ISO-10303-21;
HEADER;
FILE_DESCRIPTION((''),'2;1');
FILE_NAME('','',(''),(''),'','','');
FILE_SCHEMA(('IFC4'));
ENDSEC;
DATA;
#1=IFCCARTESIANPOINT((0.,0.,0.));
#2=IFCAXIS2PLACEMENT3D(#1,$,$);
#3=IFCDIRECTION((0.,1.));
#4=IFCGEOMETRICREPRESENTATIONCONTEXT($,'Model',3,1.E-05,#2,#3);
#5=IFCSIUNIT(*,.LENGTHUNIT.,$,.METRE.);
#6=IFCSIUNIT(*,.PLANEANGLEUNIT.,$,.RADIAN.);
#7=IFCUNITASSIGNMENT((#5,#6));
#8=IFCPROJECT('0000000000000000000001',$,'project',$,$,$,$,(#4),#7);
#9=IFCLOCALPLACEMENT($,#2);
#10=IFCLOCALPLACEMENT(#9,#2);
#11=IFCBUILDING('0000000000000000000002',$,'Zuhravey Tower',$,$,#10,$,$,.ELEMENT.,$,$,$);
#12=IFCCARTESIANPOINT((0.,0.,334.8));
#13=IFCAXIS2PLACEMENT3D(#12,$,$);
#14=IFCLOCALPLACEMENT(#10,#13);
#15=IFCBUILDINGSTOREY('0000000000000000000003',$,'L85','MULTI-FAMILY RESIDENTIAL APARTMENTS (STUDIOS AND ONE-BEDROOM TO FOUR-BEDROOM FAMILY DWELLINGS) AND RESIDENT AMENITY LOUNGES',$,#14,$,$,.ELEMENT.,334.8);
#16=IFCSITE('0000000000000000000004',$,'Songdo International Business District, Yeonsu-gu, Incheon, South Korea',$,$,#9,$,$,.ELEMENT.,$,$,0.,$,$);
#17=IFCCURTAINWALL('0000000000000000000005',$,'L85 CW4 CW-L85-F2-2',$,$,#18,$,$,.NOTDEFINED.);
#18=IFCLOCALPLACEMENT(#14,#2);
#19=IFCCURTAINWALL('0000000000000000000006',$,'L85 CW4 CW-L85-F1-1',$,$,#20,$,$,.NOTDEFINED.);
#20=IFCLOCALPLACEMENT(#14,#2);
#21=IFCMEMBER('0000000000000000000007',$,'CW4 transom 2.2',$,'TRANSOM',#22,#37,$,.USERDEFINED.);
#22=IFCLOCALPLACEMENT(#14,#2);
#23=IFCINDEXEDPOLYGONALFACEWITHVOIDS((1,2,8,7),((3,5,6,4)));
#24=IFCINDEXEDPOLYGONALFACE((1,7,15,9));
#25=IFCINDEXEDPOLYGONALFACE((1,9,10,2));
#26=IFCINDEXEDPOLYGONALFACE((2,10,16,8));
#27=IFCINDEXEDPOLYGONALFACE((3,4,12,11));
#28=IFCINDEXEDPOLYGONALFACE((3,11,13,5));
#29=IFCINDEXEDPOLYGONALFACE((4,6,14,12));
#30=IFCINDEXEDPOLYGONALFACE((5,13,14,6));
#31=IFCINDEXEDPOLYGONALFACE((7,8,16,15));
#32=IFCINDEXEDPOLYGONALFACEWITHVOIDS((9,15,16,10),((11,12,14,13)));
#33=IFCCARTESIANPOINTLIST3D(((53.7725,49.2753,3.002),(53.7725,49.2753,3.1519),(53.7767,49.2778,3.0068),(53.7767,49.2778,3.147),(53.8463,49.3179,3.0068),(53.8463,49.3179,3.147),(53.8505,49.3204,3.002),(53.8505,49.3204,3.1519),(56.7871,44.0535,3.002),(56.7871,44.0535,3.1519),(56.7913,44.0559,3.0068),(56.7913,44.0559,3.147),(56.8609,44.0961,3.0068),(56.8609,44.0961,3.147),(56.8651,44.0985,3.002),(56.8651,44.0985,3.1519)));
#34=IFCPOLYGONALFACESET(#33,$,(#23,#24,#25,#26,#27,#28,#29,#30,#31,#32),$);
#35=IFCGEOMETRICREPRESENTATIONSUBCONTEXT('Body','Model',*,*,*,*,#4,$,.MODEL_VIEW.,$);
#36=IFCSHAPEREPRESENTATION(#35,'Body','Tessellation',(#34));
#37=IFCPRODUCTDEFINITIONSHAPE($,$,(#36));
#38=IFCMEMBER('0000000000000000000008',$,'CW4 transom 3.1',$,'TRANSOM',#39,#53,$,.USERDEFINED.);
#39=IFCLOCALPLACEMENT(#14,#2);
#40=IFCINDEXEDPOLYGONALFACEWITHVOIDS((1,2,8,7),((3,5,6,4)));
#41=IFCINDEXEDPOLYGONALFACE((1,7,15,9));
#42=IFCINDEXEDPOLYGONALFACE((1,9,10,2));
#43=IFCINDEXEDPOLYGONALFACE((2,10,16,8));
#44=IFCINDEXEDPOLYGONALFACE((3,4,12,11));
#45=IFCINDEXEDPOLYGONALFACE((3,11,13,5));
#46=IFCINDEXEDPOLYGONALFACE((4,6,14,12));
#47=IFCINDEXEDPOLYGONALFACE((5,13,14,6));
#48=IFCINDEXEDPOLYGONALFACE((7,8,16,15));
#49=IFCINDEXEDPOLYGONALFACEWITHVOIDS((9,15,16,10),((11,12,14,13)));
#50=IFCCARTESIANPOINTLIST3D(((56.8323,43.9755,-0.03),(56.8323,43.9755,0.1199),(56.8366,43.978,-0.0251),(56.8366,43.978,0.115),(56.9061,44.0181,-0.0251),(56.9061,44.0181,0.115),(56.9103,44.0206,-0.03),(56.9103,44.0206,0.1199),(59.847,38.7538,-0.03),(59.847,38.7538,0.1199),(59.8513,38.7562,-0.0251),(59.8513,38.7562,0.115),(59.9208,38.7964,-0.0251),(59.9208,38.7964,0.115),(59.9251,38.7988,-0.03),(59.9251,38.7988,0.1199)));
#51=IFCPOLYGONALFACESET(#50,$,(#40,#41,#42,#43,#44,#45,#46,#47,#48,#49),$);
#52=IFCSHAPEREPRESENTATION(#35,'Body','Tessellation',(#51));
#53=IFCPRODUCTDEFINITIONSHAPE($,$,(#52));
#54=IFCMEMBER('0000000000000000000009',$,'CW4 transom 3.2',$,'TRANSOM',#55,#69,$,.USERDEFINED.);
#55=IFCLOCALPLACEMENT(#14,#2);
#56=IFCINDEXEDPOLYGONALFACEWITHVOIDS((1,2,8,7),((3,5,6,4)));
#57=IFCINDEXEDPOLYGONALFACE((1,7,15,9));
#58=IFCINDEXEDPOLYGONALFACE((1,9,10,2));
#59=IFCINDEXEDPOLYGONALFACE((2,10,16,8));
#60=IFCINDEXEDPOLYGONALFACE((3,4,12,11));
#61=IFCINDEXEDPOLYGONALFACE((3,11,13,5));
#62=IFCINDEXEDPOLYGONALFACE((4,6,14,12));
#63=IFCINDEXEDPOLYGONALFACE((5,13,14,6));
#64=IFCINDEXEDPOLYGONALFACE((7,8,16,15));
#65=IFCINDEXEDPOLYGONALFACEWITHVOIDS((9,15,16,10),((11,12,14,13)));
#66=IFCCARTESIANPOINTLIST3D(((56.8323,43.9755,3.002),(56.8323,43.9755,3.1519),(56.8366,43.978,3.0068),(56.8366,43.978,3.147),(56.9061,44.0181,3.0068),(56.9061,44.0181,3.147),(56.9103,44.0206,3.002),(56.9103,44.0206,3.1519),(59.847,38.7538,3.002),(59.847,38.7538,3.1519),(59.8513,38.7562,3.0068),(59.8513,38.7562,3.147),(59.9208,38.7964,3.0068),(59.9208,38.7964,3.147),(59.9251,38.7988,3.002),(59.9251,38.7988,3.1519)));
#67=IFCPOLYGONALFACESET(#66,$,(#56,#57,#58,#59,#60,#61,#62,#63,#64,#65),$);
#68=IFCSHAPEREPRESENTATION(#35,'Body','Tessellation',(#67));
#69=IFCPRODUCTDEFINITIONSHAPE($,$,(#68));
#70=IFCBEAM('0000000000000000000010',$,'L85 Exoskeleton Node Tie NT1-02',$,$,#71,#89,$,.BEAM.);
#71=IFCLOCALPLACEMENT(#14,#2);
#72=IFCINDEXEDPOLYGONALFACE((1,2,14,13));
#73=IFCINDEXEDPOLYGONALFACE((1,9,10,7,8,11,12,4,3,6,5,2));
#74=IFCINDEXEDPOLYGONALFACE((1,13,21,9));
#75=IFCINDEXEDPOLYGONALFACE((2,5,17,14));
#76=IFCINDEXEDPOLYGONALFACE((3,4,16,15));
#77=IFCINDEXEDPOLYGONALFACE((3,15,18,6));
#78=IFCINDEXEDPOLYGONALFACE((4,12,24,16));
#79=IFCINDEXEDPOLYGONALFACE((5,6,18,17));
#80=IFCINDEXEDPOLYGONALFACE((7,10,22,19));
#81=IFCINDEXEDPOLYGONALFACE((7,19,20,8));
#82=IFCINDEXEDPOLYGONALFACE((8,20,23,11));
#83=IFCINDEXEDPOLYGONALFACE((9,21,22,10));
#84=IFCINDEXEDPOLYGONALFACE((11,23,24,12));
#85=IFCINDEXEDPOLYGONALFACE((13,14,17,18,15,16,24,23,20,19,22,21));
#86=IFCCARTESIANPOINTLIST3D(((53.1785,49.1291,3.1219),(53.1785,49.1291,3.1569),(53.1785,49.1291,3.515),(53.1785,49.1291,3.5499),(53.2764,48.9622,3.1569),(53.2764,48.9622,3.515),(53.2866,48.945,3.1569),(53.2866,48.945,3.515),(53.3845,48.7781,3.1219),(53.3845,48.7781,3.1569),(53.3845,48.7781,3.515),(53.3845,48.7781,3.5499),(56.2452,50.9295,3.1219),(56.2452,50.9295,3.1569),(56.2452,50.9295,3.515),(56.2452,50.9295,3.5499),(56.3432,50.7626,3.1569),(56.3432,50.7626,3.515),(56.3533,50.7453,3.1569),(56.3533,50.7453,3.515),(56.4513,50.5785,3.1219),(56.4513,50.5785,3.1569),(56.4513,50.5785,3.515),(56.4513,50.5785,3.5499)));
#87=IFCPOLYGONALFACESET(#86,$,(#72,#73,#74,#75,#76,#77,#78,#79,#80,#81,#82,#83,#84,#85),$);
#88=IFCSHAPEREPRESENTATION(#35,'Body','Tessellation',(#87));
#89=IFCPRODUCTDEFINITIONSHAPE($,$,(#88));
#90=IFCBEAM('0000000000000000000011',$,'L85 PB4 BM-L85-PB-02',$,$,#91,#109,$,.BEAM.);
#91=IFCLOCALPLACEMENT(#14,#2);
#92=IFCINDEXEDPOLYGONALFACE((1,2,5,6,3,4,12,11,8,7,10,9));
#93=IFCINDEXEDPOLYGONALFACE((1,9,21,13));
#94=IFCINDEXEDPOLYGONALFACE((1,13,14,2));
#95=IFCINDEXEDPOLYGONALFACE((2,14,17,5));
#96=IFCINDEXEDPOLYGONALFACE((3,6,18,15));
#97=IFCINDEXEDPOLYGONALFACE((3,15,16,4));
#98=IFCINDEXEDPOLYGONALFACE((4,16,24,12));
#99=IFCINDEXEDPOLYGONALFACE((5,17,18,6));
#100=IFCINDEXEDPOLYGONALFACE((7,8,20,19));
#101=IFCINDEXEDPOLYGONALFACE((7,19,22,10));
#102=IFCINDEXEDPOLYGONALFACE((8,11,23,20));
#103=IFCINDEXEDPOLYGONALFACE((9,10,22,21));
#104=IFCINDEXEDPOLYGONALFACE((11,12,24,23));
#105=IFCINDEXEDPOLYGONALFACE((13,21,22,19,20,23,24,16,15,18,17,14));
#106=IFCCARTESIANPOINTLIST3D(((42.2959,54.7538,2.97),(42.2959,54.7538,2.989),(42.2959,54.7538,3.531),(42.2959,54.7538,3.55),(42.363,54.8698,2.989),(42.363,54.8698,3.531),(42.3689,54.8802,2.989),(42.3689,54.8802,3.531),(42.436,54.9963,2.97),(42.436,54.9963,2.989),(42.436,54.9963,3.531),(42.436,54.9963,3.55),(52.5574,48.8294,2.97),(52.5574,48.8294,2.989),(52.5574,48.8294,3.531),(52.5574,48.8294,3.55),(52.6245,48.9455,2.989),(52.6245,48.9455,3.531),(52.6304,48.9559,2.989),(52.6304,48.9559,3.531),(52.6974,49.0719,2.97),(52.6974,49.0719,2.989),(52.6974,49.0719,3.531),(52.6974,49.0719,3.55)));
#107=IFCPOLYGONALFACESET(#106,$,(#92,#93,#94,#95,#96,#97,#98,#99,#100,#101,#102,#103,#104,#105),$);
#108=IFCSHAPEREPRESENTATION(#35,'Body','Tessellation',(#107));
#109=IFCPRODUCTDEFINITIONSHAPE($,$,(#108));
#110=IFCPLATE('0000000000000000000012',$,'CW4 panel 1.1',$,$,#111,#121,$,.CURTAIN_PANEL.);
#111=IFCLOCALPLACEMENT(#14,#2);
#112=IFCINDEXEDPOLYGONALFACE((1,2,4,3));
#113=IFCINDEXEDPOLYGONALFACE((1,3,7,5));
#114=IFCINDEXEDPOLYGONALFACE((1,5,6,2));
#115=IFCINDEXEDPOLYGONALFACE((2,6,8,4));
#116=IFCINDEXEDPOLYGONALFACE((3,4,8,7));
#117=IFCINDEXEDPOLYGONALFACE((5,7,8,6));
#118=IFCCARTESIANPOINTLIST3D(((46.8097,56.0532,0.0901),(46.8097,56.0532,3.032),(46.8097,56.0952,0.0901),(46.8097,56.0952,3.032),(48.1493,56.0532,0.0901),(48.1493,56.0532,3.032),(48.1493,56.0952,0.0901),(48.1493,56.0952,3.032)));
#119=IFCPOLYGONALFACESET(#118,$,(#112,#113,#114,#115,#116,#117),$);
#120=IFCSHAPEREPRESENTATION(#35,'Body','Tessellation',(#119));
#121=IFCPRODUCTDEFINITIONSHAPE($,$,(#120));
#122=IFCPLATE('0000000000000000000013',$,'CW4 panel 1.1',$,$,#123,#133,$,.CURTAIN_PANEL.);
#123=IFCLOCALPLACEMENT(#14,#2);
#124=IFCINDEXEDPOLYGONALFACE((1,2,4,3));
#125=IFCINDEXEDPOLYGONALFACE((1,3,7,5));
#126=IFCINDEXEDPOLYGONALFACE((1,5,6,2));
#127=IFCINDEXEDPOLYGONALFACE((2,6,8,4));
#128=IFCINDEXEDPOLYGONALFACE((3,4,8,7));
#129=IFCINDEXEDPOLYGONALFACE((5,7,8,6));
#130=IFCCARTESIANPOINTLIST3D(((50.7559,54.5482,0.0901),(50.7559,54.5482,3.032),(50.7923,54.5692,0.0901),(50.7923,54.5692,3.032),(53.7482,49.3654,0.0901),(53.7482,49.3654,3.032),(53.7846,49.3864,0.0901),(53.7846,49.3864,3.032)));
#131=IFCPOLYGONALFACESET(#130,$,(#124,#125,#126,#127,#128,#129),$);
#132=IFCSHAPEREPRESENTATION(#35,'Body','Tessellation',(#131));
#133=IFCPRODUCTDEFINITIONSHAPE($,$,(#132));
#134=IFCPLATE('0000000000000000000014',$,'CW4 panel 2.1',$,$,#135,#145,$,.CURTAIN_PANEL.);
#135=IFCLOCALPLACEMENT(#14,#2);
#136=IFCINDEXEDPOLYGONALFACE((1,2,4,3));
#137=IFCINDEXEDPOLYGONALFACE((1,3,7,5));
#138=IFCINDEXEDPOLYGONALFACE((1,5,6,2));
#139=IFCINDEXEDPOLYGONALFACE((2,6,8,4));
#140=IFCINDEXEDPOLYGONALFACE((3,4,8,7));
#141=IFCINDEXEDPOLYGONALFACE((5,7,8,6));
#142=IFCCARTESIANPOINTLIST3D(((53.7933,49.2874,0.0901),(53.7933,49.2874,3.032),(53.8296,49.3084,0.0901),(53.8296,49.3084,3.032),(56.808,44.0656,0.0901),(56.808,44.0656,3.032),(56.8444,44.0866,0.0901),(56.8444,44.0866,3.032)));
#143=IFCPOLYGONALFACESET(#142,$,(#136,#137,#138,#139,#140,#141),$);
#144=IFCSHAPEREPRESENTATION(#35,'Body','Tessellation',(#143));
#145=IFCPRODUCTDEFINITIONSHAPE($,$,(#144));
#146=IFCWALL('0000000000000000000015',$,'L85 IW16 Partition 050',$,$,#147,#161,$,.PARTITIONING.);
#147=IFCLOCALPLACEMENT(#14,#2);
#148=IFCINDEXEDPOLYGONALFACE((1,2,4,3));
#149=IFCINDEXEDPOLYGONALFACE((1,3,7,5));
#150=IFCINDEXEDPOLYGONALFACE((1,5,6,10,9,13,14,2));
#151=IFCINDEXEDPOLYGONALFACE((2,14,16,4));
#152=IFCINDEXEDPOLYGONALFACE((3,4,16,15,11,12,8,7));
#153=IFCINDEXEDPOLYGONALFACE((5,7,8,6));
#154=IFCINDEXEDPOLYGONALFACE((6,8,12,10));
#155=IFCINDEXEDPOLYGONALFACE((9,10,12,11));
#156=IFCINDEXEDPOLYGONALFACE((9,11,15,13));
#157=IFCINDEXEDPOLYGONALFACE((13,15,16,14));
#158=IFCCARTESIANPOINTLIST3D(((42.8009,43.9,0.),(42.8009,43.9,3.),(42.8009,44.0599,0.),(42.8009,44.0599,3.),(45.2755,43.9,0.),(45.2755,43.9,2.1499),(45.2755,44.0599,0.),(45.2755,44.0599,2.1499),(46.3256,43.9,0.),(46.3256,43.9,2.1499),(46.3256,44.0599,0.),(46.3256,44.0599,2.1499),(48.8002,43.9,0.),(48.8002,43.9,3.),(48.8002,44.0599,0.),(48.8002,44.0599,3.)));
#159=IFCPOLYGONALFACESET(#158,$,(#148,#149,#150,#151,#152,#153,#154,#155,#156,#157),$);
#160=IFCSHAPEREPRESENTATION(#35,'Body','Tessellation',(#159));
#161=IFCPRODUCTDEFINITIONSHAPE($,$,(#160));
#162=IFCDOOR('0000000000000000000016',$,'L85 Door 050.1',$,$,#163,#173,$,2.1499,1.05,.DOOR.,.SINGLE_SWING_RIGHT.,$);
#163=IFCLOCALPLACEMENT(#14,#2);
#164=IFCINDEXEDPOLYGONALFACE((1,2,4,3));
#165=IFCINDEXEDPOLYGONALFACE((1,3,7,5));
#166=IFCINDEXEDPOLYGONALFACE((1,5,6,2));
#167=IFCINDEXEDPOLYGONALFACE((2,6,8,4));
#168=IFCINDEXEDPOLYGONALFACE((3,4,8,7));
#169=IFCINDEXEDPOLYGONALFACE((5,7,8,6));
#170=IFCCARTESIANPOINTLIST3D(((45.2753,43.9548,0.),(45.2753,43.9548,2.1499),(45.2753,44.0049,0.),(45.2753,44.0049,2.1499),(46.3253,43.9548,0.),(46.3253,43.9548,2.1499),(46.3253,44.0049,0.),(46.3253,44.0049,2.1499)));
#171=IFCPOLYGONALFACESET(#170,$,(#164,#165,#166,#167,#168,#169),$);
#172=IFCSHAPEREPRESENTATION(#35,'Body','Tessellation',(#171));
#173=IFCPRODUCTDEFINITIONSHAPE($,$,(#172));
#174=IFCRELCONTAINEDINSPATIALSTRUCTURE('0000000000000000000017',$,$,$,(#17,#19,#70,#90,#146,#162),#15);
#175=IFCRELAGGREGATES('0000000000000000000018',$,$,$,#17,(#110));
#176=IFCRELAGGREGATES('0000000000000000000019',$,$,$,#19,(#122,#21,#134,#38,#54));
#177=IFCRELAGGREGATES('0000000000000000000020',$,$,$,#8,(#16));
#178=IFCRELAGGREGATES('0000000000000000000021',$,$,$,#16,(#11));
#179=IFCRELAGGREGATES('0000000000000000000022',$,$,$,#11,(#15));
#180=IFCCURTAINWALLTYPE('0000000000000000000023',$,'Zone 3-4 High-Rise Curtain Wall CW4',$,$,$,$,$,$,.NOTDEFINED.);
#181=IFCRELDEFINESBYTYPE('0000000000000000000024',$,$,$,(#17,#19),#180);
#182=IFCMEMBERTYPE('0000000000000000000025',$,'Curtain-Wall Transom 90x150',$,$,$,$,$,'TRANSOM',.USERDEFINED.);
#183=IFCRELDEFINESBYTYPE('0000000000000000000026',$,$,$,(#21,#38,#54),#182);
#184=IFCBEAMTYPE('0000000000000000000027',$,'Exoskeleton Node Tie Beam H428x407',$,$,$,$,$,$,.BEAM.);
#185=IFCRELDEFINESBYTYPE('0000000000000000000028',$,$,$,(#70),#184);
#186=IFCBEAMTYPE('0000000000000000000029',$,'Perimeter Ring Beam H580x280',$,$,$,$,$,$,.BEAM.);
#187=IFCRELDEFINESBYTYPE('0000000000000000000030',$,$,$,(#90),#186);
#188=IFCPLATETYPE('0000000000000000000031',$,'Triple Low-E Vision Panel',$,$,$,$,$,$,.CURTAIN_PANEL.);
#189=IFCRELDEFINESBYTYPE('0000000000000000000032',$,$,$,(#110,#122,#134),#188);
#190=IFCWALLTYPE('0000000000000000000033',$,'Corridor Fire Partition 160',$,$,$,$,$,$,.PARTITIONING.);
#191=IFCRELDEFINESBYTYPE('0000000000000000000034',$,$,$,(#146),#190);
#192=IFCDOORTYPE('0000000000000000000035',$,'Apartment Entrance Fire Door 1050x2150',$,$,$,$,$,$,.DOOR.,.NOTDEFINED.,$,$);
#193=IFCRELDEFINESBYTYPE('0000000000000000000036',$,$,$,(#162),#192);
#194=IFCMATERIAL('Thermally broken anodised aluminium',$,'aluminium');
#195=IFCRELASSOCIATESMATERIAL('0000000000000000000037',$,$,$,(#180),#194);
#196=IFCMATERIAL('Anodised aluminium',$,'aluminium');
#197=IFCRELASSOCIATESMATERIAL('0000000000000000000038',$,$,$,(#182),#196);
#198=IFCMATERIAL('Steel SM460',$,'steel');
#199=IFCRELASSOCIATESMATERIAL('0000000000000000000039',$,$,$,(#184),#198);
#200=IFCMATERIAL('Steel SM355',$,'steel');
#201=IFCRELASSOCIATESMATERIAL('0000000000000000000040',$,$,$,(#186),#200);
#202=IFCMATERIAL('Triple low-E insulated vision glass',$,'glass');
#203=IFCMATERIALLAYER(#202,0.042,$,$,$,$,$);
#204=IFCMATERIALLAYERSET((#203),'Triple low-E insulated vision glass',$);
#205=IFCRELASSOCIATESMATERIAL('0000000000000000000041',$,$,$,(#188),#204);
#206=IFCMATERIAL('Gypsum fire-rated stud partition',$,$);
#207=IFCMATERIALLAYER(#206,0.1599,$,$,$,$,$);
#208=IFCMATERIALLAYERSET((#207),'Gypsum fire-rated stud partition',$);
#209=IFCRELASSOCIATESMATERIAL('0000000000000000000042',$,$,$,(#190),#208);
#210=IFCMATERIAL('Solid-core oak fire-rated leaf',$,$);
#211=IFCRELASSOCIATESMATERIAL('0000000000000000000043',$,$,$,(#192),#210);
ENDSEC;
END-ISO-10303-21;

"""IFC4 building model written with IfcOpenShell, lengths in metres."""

from ifc_helpers import new_model, si_unit, direction, frame, frame_2d, origin, origin_2d, place, context, subcontext, project, spatial, rectangle, hollow_rectangle, i_section, extrude, material, layer, layer_set, material_profile, profile_set, type_object, element, fill, aggregate, save


model = new_model("IFC4")

# Units and contexts
model_context = context("Model", 3, precision=1e-05, world=origin(), true_north=direction((0.0, 1.0)))
body_context = subcontext(model_context, "Body", "Model", "MODEL_VIEW")
ifc_project = project(units=[si_unit("LENGTHUNIT", "METRE"), si_unit("PLANEANGLEUNIT", "RADIAN")], contexts=[model_context])

# Site, building, storey
site_placement = place(None, origin())
site = spatial("IfcSite", under=ifc_project, at=site_placement, Name="Songdo International Business District, Yeonsu-gu, Incheon, South Korea", CompositionType="ELEMENT", RefElevation=0.0)
building_placement = place(site_placement, origin())
building = spatial("IfcBuilding", under=site, at=building_placement, Name="Zuhravey Tower", CompositionType="ELEMENT")
storey_placement = place(building_placement, frame((0.0, 0.0, 334.8)))
storey = spatial("IfcBuildingStorey", under=building, at=storey_placement, Name="L85", Description="MULTI-FAMILY RESIDENTIAL APARTMENTS (STUDIOS AND ONE-BEDROOM TO FOUR-BEDROOM FAMILY DWELLINGS) AND RESIDENT AMENITY LOUNGES", CompositionType="ELEMENT", Elevation=334.8)

# Curtain walls
ifc_material_1 = material(Name="Thermally broken anodised aluminium", Category="aluminium")
curtain_wall_type = type_object("IfcCurtainWallType", Name="Zone 3-4 High-Rise Curtain Wall CW4", PredefinedType="NOTDEFINED", material=ifc_material_1)
curtain_wall_1_placement = place(storey_placement, origin())
curtain_wall_1 = element("IfcCurtainWall", 1, at=curtain_wall_1_placement, inside=storey, type_object=curtain_wall_type, Name="L85 CW4 CW-L85-F2-2", PredefinedType="NOTDEFINED")
ifc_material_2 = material(Name="Anodised aluminium", Category="aluminium")
curtain_wall_2_placement = place(storey_placement, origin())
curtain_wall_2 = element("IfcCurtainWall", 2, at=curtain_wall_2_placement, inside=storey, type_object=curtain_wall_type, Name="L85 CW4 CW-L85-F1-1", PredefinedType="NOTDEFINED")

# Members
ifc_material_profile_1 = material_profile(ifc_material_2, hollow_rectangle(XDim=0.0901, YDim=0.1499, WallThickness=0.0049, at=origin_2d()), Name="ALU-RHS-90x150x5")
ifc_profile_set_1 = profile_set([ifc_material_profile_1], Name="Anodised aluminium")
member_type_1 = type_object("IfcMemberType", Name="Curtain-Wall Transom 90x150", ElementType="TRANSOM", PredefinedType="USERDEFINED", material=ifc_profile_set_1)
member_1_placement = place(storey_placement, frame((53.8115, 49.2979, 3.0769), z_axis=(0.499971, -0.866042, 0.0), x_axis=(0.866042, 0.499971, 0.0)))
member_1 = element("IfcMember", 3, at=member_1_placement, type_object=member_type_1, Name="CW4 transom 2.2", ObjectType="TRANSOM", PredefinedType="USERDEFINED", context=body_context, shape_type="SweptSolid", body=[
    extrude(hollow_rectangle(XDim=0.0901, YDim=0.1499, WallThickness=0.0049, at=origin_2d()), origin(), (0.0, 0.0, 1.0), 6.0295),
])
member_2_placement = place(storey_placement, frame((56.8713, 43.998, 0.0449), z_axis=(0.499989, -0.866032, 0.0), x_axis=(0.866032, 0.499989, 0.0)))
member_2 = element("IfcMember", 4, at=member_2_placement, type_object=member_type_1, Name="CW4 transom 3.1", ObjectType="TRANSOM", PredefinedType="USERDEFINED", context=body_context, shape_type="SweptSolid", body=[
    extrude(hollow_rectangle(XDim=0.0901, YDim=0.1499, WallThickness=0.0049, at=origin_2d()), origin(), (0.0, 0.0, 1.0), 6.0295),
])
member_3_placement = place(storey_placement, frame((56.8713, 43.998, 3.0769), z_axis=(0.499989, -0.866032, 0.0), x_axis=(0.866032, 0.499989, 0.0)))
member_3 = element("IfcMember", 5, at=member_3_placement, type_object=member_type_1, Name="CW4 transom 3.2", ObjectType="TRANSOM", PredefinedType="USERDEFINED", context=body_context, shape_type="SweptSolid", body=[
    extrude(hollow_rectangle(XDim=0.0901, YDim=0.1499, WallThickness=0.0049, at=origin_2d()), origin(), (0.0, 0.0, 1.0), 6.0295),
])

# Beams
ifc_material_3 = material(Name="Steel SM460", Category="steel")
ifc_material_profile_2 = material_profile(ifc_material_3, i_section(OverallWidth=0.407, OverallDepth=0.428, WebThickness=0.02, FlangeThickness=0.0349, at=origin_2d()), Name="H-428x407x20x35")
ifc_profile_set_2 = profile_set([ifc_material_profile_2], Name="Steel SM460")
beam_type_1 = type_object("IfcBeamType", Name="Exoskeleton Node Tie Beam H428x407", PredefinedType="BEAM", material=ifc_profile_set_2)
beam_1_placement = place(storey_placement, frame((53.2815, 48.9536, 3.3359), z_axis=(0.862379, 0.506264, 0.0), x_axis=(-0.506264, 0.862379, 0.0)))
element("IfcBeam", 6, at=beam_1_placement, inside=storey, type_object=beam_type_1, Name="L85 Exoskeleton Node Tie NT1-02", PredefinedType="BEAM", context=body_context, shape_type="SweptSolid", body=[
    extrude(i_section(OverallWidth=0.407, OverallDepth=0.428, WebThickness=0.02, FlangeThickness=0.0349, at=origin_2d()), origin(), (0.0, 0.0, 1.0), 3.5562),
])
ifc_material_4 = material(Name="Steel SM355", Category="steel")
ifc_material_profile_3 = material_profile(ifc_material_4, i_section(OverallWidth=0.28, OverallDepth=0.5801, WebThickness=0.012, FlangeThickness=0.019, at=origin_2d()), Name="H-580x280x12x19")
ifc_profile_set_3 = profile_set([ifc_material_profile_3], Name="Steel SM355")
beam_type_2 = type_object("IfcBeamType", Name="Perimeter Ring Beam H580x280", PredefinedType="BEAM", material=ifc_profile_set_3)
beam_2_placement = place(storey_placement, frame((52.6274, 48.9507, 3.26), z_axis=(-0.866031, 0.499991, 0.0), x_axis=(-0.499991, -0.866031, 0.0)))
element("IfcBeam", 7, at=beam_2_placement, inside=storey, type_object=beam_type_2, Name="L85 PB4 BM-L85-PB-02", PredefinedType="BEAM", context=body_context, shape_type="SweptSolid", body=[
    extrude(i_section(OverallWidth=0.28, OverallDepth=0.5801, WebThickness=0.012, FlangeThickness=0.019, at=origin_2d()), origin(), (0.0, 0.0, 1.0), 11.8489),
])

# Plates
ifc_material_5 = material(Name="Triple low-E insulated vision glass", Category="glass")
ifc_layer_1 = layer(ifc_material_5, 0.042)
ifc_layer_set_1 = layer_set([ifc_layer_1], Name="Triple low-E insulated vision glass")
plate_type = type_object("IfcPlateType", Name="Triple Low-E Vision Panel", PredefinedType="CURTAIN_PANEL", material=ifc_layer_set_1)
plate_1_placement = place(storey_placement, frame((47.4795, 56.0742, 0.0901), z_axis=(0.0, 0.0, 1.0), x_axis=(1.0, 0.0, 0.0)))
plate_1 = element("IfcPlate", 8, at=plate_1_placement, type_object=plate_type, Name="CW4 panel 1.1", PredefinedType="CURTAIN_PANEL", context=body_context, shape_type="SweptSolid", body=[
    extrude(rectangle(XDim=1.3396, YDim=0.042, at=origin_2d()), origin(), (0.0, 0.0, 1.0), 2.9419),
])
aggregate(curtain_wall_1, [plate_1])
plate_2_placement = place(storey_placement, frame((52.2703, 51.9673, 0.0901), z_axis=(0.0, 0.0, 1.0), x_axis=(0.5, -0.866026, 0.0)))
plate_2 = element("IfcPlate", 9, at=plate_2_placement, type_object=plate_type, Name="CW4 panel 1.1", PredefinedType="CURTAIN_PANEL", context=body_context, shape_type="SweptSolid", body=[
    extrude(rectangle(XDim=5.9846, YDim=0.042, at=origin_2d()), origin(), (0.0, 0.0, 1.0), 2.9419),
])
plate_3_placement = place(storey_placement, frame((55.3188, 46.687, 0.0901), z_axis=(0.0, 0.0, 1.0), x_axis=(0.5, -0.866026, 0.0)))
plate_3 = element("IfcPlate", 10, at=plate_3_placement, type_object=plate_type, Name="CW4 panel 2.1", PredefinedType="CURTAIN_PANEL", context=body_context, shape_type="SweptSolid", body=[
    extrude(rectangle(XDim=6.0295, YDim=0.042, at=origin_2d()), origin(), (0.0, 0.0, 1.0), 2.9419),
])
aggregate(curtain_wall_2, [plate_2, member_1, plate_3, member_2, member_3])

# Wall, opening, door
ifc_material_6 = material(Name="Gypsum fire-rated stud partition")
ifc_layer_2 = layer(ifc_material_6, 0.1599)
ifc_layer_set_2 = layer_set([ifc_layer_2], Name="Gypsum fire-rated stud partition")
wall_type_1 = type_object("IfcWallType", Name="Corridor Fire Partition 160", PredefinedType="PARTITIONING", material=ifc_layer_set_2)
wall_1_placement = place(storey_placement, frame((48.8, 43.98, 0.0), z_axis=(0.0, 0.0, 1.0), x_axis=(-1.0, 0.0, 0.0)))
wall_1 = element("IfcWall", 11, at=wall_1_placement, inside=storey, type_object=wall_type_1, Name="L85 IW16 Partition 050", PredefinedType="PARTITIONING", context=body_context, shape_type="SweptSolid", body=[
    extrude(rectangle(XDim=5.9993, YDim=0.1599, at=frame_2d((2.9995, 0.0))), origin(), (0.0, 0.0, 1.0), 3.0),
])
opening_1_placement = place(wall_1_placement, frame((2.4746, 0.0, 0.0)))
opening_1 = element("IfcOpeningElement", 12, at=opening_1_placement, cuts=wall_1, PredefinedType="OPENING", context=body_context, shape_type="SweptSolid", body=[
    extrude(rectangle(XDim=1.05, YDim=2.1499, at=frame_2d((0.5249, 1.075))), frame((0.0, 0.092, 0.0), z_axis=(0.0, -1.0, 0.0), x_axis=(1.0, 0.0, 0.0)), (0.0, 0.0, 1.0), 0.1838),
])
ifc_material_7 = material(Name="Solid-core oak fire-rated leaf")
door_type_1 = type_object("IfcDoorType", Name="Apartment Entrance Fire Door 1050x2150", OperationType="NOTDEFINED", PredefinedType="DOOR", material=ifc_material_7)
door_1_placement = place(opening_1_placement, frame((1.05, 0.0, 0.0), z_axis=(0.0, 0.0, 1.0), x_axis=(-1.0, 0.0, 0.0)))
door_1 = element("IfcDoor", 13, at=door_1_placement, inside=storey, type_object=door_type_1, Name="L85 Door 050.1", OperationType="SINGLE_SWING_RIGHT", OverallHeight=2.1499, OverallWidth=1.05, PredefinedType="DOOR", context=body_context, shape_type="SweptSolid", body=[
    extrude(rectangle(XDim=1.05, YDim=2.1499, at=frame_2d((0.5249, 1.075))), frame((0.0, 0.0249, 0.0), z_axis=(0.0, -1.0, 0.0), x_axis=(1.0, 0.0, 0.0)), (0.0, 0.0, 1.0), 0.05),
])
fill(opening_1, door_1)

save(model, "model.ifc")
